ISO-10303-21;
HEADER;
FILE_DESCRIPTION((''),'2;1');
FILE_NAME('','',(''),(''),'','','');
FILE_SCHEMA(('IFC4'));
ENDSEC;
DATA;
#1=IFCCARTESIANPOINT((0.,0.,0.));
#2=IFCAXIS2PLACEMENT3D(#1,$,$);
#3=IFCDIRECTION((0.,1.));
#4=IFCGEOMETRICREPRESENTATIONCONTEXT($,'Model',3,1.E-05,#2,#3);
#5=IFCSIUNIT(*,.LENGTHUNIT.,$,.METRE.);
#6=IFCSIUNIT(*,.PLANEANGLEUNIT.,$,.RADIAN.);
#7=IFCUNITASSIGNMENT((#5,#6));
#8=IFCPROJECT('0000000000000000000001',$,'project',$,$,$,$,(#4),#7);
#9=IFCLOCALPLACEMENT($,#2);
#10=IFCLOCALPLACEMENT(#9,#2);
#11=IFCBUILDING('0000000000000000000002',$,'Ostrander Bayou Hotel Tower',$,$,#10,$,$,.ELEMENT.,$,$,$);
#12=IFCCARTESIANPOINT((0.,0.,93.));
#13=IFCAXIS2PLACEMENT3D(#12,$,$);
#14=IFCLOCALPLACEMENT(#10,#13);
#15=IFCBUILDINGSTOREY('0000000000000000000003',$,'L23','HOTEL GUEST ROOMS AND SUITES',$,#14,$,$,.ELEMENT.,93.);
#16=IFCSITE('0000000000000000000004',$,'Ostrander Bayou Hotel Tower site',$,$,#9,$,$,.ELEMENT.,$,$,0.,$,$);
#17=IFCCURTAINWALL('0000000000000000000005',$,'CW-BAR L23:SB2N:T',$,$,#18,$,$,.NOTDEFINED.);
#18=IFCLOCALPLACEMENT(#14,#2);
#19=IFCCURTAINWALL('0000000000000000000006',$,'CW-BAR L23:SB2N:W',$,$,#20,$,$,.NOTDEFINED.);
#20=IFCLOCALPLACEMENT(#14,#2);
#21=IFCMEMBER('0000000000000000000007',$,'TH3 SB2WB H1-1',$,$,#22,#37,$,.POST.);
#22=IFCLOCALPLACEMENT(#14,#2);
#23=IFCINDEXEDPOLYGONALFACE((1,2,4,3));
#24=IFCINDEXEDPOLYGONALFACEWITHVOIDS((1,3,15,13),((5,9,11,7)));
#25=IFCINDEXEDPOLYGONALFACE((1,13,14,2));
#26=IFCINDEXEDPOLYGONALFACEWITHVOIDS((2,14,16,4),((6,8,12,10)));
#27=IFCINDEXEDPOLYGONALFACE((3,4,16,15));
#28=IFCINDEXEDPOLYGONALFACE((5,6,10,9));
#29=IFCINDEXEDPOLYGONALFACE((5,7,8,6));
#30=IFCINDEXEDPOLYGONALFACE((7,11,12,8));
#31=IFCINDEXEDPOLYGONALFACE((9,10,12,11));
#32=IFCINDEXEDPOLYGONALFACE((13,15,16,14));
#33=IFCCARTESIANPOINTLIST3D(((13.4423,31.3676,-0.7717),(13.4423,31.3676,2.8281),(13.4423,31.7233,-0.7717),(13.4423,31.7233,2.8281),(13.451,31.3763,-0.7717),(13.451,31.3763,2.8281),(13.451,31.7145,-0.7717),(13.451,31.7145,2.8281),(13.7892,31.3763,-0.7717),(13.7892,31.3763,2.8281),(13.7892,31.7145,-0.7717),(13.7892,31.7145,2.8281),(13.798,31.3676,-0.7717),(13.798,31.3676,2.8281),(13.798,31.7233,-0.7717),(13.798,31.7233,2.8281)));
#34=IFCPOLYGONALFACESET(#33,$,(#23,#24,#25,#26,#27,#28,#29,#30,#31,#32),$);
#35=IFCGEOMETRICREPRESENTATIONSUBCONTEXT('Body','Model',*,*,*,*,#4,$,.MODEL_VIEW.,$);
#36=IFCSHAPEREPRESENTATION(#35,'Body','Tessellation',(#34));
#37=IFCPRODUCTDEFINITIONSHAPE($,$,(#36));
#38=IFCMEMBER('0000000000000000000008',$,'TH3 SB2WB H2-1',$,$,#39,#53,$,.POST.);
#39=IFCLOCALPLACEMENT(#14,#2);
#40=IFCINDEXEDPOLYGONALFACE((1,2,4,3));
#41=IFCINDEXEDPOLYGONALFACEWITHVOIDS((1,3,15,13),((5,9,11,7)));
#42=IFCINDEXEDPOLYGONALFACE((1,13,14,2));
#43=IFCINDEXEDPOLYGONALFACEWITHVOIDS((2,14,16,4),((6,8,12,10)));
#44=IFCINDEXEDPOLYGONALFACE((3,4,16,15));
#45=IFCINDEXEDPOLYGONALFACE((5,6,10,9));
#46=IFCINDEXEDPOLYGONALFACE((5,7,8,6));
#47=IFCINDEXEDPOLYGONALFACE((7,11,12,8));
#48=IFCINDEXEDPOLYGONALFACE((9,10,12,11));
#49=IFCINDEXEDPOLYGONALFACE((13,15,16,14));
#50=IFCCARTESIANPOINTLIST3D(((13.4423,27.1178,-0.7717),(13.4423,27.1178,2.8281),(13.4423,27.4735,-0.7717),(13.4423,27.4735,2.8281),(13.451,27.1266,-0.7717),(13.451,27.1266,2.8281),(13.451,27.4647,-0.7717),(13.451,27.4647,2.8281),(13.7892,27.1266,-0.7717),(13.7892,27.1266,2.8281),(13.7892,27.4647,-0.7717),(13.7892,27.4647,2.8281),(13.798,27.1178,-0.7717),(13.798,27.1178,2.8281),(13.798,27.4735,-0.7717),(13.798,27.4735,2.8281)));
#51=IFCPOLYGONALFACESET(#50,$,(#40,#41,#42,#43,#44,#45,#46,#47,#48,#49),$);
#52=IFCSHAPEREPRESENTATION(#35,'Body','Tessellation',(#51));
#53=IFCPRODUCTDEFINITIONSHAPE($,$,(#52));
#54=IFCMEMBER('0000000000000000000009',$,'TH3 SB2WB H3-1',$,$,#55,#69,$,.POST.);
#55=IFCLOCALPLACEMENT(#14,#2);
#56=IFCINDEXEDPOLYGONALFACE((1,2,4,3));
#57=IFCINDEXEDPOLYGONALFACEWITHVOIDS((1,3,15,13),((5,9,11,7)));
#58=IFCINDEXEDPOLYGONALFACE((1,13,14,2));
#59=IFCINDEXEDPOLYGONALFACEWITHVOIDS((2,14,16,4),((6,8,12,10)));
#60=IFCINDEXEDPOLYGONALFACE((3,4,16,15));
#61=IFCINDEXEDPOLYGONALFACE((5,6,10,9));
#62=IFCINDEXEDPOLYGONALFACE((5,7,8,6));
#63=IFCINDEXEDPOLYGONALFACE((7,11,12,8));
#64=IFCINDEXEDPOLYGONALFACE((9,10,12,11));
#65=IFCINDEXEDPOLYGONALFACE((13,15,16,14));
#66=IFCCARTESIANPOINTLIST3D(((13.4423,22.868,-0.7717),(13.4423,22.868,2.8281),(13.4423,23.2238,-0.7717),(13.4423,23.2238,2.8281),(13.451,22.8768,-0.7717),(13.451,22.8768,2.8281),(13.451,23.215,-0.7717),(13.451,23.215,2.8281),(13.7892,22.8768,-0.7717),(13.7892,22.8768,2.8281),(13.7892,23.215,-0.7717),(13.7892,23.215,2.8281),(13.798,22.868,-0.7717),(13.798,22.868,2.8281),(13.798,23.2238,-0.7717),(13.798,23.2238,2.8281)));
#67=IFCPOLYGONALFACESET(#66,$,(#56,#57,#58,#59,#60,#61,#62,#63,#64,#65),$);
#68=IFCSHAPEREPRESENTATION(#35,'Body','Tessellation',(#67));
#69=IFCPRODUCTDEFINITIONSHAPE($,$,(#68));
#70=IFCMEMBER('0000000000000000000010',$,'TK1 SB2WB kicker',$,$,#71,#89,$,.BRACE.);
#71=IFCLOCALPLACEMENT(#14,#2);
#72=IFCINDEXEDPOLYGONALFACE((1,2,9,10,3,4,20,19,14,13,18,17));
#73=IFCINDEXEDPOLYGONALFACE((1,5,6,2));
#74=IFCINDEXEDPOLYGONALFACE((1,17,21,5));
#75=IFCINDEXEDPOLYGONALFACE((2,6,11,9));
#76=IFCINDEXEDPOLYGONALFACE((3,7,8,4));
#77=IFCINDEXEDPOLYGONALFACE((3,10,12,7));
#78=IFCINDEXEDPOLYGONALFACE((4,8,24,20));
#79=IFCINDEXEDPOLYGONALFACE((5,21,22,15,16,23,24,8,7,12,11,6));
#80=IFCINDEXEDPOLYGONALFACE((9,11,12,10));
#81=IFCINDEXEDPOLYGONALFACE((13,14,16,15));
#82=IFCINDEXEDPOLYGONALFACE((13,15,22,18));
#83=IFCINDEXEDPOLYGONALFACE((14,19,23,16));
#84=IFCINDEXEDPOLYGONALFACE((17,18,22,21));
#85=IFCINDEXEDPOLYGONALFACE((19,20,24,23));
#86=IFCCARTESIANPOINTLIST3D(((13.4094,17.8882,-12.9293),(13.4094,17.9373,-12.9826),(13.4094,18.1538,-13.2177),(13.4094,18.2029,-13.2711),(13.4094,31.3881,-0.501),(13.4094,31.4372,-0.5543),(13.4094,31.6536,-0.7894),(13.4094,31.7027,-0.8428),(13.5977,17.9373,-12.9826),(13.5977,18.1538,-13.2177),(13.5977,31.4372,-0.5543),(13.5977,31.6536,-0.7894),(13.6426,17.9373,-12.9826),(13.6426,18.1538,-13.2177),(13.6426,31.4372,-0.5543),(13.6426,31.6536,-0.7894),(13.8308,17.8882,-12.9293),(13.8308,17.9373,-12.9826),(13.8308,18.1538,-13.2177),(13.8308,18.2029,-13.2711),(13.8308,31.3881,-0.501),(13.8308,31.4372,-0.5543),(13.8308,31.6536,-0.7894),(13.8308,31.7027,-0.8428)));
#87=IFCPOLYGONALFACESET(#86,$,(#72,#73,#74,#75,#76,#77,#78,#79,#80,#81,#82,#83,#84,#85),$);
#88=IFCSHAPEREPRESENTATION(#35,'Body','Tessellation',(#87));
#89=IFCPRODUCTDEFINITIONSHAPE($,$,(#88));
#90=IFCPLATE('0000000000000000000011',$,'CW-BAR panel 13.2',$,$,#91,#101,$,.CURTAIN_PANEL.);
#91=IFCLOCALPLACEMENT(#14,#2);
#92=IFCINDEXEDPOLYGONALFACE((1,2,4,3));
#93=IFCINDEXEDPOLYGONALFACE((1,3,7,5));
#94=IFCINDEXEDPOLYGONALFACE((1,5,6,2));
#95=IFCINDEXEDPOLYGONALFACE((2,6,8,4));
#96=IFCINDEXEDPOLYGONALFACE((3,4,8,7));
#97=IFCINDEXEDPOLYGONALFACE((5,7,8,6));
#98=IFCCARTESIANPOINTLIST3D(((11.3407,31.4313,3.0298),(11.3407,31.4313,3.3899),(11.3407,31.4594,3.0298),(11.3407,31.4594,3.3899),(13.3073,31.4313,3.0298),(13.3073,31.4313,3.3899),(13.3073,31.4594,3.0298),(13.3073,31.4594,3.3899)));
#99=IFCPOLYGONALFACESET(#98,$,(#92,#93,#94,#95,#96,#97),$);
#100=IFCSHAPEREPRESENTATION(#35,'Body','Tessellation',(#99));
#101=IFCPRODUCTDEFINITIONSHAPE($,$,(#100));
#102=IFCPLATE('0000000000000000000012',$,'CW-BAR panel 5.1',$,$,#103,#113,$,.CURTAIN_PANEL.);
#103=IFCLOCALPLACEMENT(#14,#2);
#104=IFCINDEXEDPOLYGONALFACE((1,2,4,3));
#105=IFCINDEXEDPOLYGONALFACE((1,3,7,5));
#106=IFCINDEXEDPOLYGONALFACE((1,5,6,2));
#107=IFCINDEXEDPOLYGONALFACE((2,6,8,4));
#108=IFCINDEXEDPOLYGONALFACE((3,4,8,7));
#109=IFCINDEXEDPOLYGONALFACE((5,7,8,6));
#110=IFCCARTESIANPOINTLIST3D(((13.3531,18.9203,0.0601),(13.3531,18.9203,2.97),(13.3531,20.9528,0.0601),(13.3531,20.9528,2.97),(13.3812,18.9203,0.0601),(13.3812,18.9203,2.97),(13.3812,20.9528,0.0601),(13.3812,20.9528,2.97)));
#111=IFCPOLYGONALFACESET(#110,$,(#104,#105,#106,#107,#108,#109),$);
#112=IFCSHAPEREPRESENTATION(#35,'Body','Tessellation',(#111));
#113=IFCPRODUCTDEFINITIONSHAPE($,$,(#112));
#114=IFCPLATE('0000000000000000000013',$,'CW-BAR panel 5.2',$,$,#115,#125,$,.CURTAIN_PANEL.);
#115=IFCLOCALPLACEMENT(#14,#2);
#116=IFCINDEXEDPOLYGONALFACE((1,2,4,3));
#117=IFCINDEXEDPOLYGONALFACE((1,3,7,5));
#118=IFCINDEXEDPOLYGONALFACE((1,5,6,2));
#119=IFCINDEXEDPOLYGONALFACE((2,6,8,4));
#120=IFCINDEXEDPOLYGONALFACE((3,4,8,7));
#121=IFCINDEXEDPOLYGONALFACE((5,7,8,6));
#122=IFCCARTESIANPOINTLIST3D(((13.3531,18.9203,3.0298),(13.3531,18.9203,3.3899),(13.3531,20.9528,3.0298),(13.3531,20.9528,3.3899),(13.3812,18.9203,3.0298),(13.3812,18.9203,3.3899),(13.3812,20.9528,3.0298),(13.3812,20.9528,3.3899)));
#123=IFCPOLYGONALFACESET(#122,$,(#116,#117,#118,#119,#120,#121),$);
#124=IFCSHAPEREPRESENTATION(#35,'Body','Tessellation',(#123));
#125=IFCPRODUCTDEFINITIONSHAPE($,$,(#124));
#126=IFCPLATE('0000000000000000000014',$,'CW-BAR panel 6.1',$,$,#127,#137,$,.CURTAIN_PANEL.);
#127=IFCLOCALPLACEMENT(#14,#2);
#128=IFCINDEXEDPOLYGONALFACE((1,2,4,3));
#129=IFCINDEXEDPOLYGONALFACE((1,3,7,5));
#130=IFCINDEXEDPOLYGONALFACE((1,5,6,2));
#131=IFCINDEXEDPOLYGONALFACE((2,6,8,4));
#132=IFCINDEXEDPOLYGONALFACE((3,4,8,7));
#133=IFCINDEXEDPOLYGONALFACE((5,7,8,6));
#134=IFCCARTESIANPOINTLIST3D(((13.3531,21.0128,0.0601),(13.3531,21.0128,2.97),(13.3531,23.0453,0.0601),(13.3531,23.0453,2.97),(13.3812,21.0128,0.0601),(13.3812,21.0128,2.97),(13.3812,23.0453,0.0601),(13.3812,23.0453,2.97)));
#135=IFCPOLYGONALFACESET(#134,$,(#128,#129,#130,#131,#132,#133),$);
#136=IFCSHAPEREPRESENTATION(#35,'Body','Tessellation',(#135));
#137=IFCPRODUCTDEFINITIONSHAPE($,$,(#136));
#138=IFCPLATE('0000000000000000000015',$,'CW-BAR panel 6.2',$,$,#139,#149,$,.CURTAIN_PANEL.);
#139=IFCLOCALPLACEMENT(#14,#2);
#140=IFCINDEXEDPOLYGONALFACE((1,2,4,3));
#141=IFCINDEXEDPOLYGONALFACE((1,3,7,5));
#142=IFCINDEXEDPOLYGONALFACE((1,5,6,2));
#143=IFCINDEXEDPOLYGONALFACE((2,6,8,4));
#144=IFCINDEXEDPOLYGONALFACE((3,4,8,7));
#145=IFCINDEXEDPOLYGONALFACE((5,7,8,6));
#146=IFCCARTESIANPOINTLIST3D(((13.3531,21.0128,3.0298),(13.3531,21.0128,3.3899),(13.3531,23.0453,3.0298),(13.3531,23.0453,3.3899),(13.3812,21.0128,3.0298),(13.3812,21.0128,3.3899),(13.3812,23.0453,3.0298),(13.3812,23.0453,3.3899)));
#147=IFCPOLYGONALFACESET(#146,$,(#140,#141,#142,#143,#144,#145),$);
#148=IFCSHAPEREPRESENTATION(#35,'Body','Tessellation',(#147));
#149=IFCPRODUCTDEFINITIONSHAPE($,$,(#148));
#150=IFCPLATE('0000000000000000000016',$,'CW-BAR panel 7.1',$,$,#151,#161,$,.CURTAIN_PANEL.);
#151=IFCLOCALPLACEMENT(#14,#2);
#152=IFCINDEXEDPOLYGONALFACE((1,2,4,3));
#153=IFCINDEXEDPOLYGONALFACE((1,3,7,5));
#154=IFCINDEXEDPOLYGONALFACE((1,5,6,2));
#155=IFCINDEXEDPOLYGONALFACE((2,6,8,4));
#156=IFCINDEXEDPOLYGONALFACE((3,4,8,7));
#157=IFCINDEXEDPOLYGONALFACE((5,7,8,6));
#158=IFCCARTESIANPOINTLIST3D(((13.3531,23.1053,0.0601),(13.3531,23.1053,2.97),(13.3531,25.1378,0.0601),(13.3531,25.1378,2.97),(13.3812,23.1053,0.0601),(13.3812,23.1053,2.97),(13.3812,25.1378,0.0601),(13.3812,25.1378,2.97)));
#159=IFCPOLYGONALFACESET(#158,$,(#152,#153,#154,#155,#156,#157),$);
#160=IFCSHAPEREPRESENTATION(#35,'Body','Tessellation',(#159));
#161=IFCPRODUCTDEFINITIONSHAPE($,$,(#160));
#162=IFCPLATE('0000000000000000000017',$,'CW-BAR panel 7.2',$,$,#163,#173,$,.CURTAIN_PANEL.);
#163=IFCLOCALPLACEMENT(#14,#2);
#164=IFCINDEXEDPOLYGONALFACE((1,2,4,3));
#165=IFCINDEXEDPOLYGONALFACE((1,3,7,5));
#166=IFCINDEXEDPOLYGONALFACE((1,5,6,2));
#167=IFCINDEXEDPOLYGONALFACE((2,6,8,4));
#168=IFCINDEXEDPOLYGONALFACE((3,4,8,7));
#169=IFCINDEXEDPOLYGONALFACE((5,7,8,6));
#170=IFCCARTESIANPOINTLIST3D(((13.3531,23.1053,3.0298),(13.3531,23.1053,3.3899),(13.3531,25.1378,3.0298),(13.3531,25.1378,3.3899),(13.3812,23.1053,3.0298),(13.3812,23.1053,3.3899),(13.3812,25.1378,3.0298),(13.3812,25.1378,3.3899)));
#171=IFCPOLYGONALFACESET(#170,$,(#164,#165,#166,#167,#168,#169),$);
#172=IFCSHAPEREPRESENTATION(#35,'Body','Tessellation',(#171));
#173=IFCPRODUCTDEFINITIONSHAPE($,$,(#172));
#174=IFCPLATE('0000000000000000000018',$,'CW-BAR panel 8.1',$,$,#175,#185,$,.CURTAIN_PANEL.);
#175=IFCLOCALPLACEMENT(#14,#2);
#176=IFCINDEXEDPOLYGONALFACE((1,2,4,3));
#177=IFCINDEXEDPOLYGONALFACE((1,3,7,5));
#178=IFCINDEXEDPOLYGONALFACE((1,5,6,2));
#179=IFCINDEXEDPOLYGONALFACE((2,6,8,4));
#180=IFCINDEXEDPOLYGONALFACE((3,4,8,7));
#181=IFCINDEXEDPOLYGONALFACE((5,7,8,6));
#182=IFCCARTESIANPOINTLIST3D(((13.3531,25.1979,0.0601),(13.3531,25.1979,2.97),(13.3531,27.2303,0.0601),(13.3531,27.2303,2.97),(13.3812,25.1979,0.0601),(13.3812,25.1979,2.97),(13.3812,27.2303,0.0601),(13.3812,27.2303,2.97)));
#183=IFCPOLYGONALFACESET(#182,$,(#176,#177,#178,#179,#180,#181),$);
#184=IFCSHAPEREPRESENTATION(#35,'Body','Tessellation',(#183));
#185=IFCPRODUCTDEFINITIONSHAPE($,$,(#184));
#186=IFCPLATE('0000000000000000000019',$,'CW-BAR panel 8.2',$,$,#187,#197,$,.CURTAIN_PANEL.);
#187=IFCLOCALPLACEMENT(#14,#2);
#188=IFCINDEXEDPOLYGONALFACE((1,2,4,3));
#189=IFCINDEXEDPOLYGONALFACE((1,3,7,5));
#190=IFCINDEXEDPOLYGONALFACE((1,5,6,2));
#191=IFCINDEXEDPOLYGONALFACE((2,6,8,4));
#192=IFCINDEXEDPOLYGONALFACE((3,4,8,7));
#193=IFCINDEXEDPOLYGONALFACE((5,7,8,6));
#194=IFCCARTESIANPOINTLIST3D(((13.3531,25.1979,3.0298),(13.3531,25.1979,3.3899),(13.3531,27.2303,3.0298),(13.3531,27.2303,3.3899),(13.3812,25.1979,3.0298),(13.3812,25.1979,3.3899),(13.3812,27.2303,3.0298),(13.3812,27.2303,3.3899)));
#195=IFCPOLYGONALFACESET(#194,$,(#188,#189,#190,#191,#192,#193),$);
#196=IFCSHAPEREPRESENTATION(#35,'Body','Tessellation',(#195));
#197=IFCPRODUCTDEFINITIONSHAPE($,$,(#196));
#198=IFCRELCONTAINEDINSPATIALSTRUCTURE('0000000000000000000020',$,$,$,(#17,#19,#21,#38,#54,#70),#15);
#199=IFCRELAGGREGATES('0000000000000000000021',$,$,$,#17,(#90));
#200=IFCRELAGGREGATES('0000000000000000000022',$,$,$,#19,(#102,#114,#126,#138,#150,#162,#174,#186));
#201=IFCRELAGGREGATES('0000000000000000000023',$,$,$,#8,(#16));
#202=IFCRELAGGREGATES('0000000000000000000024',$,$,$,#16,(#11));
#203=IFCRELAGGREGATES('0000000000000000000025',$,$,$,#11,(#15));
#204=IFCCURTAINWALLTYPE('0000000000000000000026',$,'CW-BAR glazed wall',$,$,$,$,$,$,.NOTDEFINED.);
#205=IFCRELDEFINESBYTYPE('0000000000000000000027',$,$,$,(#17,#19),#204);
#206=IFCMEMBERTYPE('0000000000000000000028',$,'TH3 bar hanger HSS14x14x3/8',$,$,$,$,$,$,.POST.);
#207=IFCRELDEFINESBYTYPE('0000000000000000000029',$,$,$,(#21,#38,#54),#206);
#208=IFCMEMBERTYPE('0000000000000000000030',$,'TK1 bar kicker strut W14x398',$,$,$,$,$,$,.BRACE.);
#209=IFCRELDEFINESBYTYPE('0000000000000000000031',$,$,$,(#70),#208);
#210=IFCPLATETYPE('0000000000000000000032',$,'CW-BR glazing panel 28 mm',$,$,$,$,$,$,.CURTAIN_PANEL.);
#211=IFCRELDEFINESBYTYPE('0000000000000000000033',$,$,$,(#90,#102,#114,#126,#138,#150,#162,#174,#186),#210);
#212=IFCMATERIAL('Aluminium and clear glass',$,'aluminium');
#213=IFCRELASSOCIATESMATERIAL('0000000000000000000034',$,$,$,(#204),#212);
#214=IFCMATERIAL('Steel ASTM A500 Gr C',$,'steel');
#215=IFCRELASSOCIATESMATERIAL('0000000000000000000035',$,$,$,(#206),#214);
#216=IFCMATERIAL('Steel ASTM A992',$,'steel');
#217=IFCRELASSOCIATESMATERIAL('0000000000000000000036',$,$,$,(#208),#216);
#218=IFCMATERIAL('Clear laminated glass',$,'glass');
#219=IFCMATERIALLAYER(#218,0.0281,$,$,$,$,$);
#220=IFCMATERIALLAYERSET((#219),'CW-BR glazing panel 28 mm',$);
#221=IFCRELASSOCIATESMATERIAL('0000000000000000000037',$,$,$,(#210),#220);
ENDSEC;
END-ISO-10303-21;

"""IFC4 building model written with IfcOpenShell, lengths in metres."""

from ifc_helpers import new_model, si_unit, direction, frame, origin, origin_2d, place, context, subcontext, project, spatial, rectangle, hollow_rectangle, i_section, extrude, material, layer, layer_set, material_profile, profile_set, type_object, element, aggregate, save


model = new_model("IFC4")

# Units and contexts
model_context = context("Model", 3, precision=1e-05, world=origin(), true_north=direction((0.0, 1.0)))
body_context = subcontext(model_context, "Body", "Model", "MODEL_VIEW")
ifc_project = project(units=[si_unit("LENGTHUNIT", "METRE"), si_unit("PLANEANGLEUNIT", "RADIAN")], contexts=[model_context])

# Site, building, storey
site_placement = place(None, origin())
site = spatial("IfcSite", under=ifc_project, at=site_placement, Name="Ostrander Bayou Hotel Tower site", CompositionType="ELEMENT", RefElevation=0.0)
building_placement = place(site_placement, origin())
building = spatial("IfcBuilding", under=site, at=building_placement, Name="Ostrander Bayou Hotel Tower", CompositionType="ELEMENT")
storey_placement = place(building_placement, frame((0.0, 0.0, 93.0)))
storey = spatial("IfcBuildingStorey", under=building, at=storey_placement, Name="L23", Description="HOTEL GUEST ROOMS AND SUITES", CompositionType="ELEMENT", Elevation=93.0)

# Curtain wall
ifc_material_1 = material(Name="Aluminium and clear glass", Category="aluminium")
curtain_wall_type = type_object("IfcCurtainWallType", Name="CW-BAR glazed wall", PredefinedType="NOTDEFINED", material=ifc_material_1)
curtain_wall_1_placement = place(storey_placement, origin())
curtain_wall_1 = element("IfcCurtainWall", 1, at=curtain_wall_1_placement, inside=storey, type_object=curtain_wall_type, Name="CW-BAR L23:SB2N:T", PredefinedType="NOTDEFINED")

# Curtain wall
curtain_wall_2_placement = place(storey_placement, origin())
curtain_wall_2 = element("IfcCurtainWall", 2, at=curtain_wall_2_placement, inside=storey, type_object=curtain_wall_type, Name="CW-BAR L23:SB2N:W", PredefinedType="NOTDEFINED")

# Members
ifc_material_2 = material(Name="Steel ASTM A500 Gr C", Category="steel")
ifc_material_profile_1 = material_profile(ifc_material_2, hollow_rectangle(XDim=0.3557, YDim=0.3557, WallThickness=0.0088, at=origin_2d()))
ifc_profile_set_1 = profile_set([ifc_material_profile_1], Name="Steel ASTM A500 Gr C")
member_type_1 = type_object("IfcMemberType", Name="TH3 bar hanger HSS14x14x3/8", PredefinedType="POST", material=ifc_profile_set_1)
for number, where, z_axis, x_axis, name in (
    (3, (13.6201, 31.5454, -0.7717), (0.0, 0.0, 1.0), (1.0, 0.0, 0.0), "TH3 SB2WB H1-1"),
    (4, (13.6201, 27.2957, -0.7717), (0.0, 0.0, 1.0), (1.0, 0.0, 0.0), "TH3 SB2WB H2-1"),
    (5, (13.6201, 23.0459, -0.7717), (0.0, 0.0, 1.0), (1.0, 0.0, 0.0), "TH3 SB2WB H3-1"),
):
    element("IfcMember", number, at=place(storey_placement, frame(where, z_axis=z_axis, x_axis=x_axis)), inside=storey, type_object=member_type_1, Name=name, PredefinedType="POST", context=body_context, shape_type="SweptSolid", body=[
        extrude(hollow_rectangle(XDim=0.3557, YDim=0.3557, WallThickness=0.0088, at=origin_2d()), origin(), (0.0, 0.0, 1.0), 3.5999),
    ])
ifc_material_3 = material(Name="Steel ASTM A992", Category="steel")
ifc_material_profile_2 = material_profile(ifc_material_3, i_section(OverallWidth=0.4214, OverallDepth=0.4646, WebThickness=0.0449, FlangeThickness=0.0725, at=origin_2d()))
ifc_profile_set_2 = profile_set([ifc_material_profile_2], Name="Steel ASTM A992")
member_type_2 = type_object("IfcMemberType", Name="TK1 bar kicker strut W14x398", PredefinedType="BRACE", material=ifc_profile_set_2)
member_1_placement = place(storey_placement, frame((13.6201, 31.5454, -0.6719), z_axis=(0.0, -0.735702, -0.677306), x_axis=(1.0, 0.0, 0.0)))
element("IfcMember", 6, at=member_1_placement, inside=storey, type_object=member_type_2, Name="TK1 SB2WB kicker", PredefinedType="BRACE", context=body_context, shape_type="SweptSolid", body=[
    extrude(i_section(OverallWidth=0.4214, OverallDepth=0.4646, WebThickness=0.0449, FlangeThickness=0.0725, at=origin_2d()), origin(), (0.0, 0.0, 1.0), 18.3496),
])

# Plates
ifc_material_4 = material(Name="Clear laminated glass", Category="glass")
ifc_layer_1 = layer(ifc_material_4, 0.0281)
ifc_layer_set_1 = layer_set([ifc_layer_1], Name="CW-BR glazing panel 28 mm")
plate_type = type_object("IfcPlateType", Name="CW-BR glazing panel 28 mm", PredefinedType="CURTAIN_PANEL", material=ifc_layer_set_1)
plate_1_placement = place(storey_placement, frame((12.324, 31.4453, 3.0298), z_axis=(0.0, 0.0, 1.0), x_axis=(1.0, 0.0, 0.0)))
plate_1 = element("IfcPlate", 7, at=plate_1_placement, type_object=plate_type, Name="CW-BAR panel 13.2", PredefinedType="CURTAIN_PANEL", context=body_context, shape_type="SweptSolid", body=[
    extrude(rectangle(XDim=1.9666, YDim=0.0281, at=origin_2d()), origin(), (0.0, 0.0, 1.0), 0.3601),
])
aggregate(curtain_wall_1, [plate_1])
plate_2_placement = place(storey_placement, frame((13.3672, 19.9365, 0.0601), z_axis=(0.0, 0.0, 1.0), x_axis=(0.0, 1.0, 0.0)))
plate_2 = element("IfcPlate", 8, at=plate_2_placement, type_object=plate_type, Name="CW-BAR panel 5.1", PredefinedType="CURTAIN_PANEL", context=body_context, shape_type="SweptSolid", body=[
    extrude(rectangle(XDim=2.0325, YDim=0.0281, at=origin_2d()), origin(), (0.0, 0.0, 1.0), 2.9099),
])
plate_3_placement = place(storey_placement, frame((13.3672, 19.9365, 3.0298), z_axis=(0.0, 0.0, 1.0), x_axis=(0.0, 1.0, 0.0)))
plate_3 = element("IfcPlate", 9, at=plate_3_placement, type_object=plate_type, Name="CW-BAR panel 5.2", PredefinedType="CURTAIN_PANEL", context=body_context, shape_type="SweptSolid", body=[
    extrude(rectangle(XDim=2.0325, YDim=0.0281, at=origin_2d()), origin(), (0.0, 0.0, 1.0), 0.3601),
])
plate_4_placement = place(storey_placement, frame((13.3672, 22.0291, 0.0601), z_axis=(0.0, 0.0, 1.0), x_axis=(0.0, 1.0, 0.0)))
plate_4 = element("IfcPlate", 10, at=plate_4_placement, type_object=plate_type, Name="CW-BAR panel 6.1", PredefinedType="CURTAIN_PANEL", context=body_context, shape_type="SweptSolid", body=[
    extrude(rectangle(XDim=2.0325, YDim=0.0281, at=origin_2d()), origin(), (0.0, 0.0, 1.0), 2.9099),
])
plate_5_placement = place(storey_placement, frame((13.3672, 22.0291, 3.0298), z_axis=(0.0, 0.0, 1.0), x_axis=(0.0, 1.0, 0.0)))
plate_5 = element("IfcPlate", 11, at=plate_5_placement, type_object=plate_type, Name="CW-BAR panel 6.2", PredefinedType="CURTAIN_PANEL", context=body_context, shape_type="SweptSolid", body=[
    extrude(rectangle(XDim=2.0325, YDim=0.0281, at=origin_2d()), origin(), (0.0, 0.0, 1.0), 0.3601),
])
plate_6_placement = place(storey_placement, frame((13.3672, 24.1216, 0.0601), z_axis=(0.0, 0.0, 1.0), x_axis=(0.0, 1.0, 0.0)))
plate_6 = element("IfcPlate", 12, at=plate_6_placement, type_object=plate_type, Name="CW-BAR panel 7.1", PredefinedType="CURTAIN_PANEL", context=body_context, shape_type="SweptSolid", body=[
    extrude(rectangle(XDim=2.0325, YDim=0.0281, at=origin_2d()), origin(), (0.0, 0.0, 1.0), 2.9099),
])
plate_7_placement = place(storey_placement, frame((13.3672, 24.1216, 3.0298), z_axis=(0.0, 0.0, 1.0), x_axis=(0.0, 1.0, 0.0)))
plate_7 = element("IfcPlate", 13, at=plate_7_placement, type_object=plate_type, Name="CW-BAR panel 7.2", PredefinedType="CURTAIN_PANEL", context=body_context, shape_type="SweptSolid", body=[
    extrude(rectangle(XDim=2.0325, YDim=0.0281, at=origin_2d()), origin(), (0.0, 0.0, 1.0), 0.3601),
])
plate_8_placement = place(storey_placement, frame((13.3672, 26.2141, 0.0601), z_axis=(0.0, 0.0, 1.0), x_axis=(0.0, 1.0, 0.0)))
plate_8 = element("IfcPlate", 14, at=plate_8_placement, type_object=plate_type, Name="CW-BAR panel 8.1", PredefinedType="CURTAIN_PANEL", context=body_context, shape_type="SweptSolid", body=[
    extrude(rectangle(XDim=2.0325, YDim=0.0281, at=origin_2d()), origin(), (0.0, 0.0, 1.0), 2.9099),
])
plate_9_placement = place(storey_placement, frame((13.3672, 26.2141, 3.0298), z_axis=(0.0, 0.0, 1.0), x_axis=(0.0, 1.0, 0.0)))
plate_9 = element("IfcPlate", 15, at=plate_9_placement, type_object=plate_type, Name="CW-BAR panel 8.2", PredefinedType="CURTAIN_PANEL", context=body_context, shape_type="SweptSolid", body=[
    extrude(rectangle(XDim=2.0325, YDim=0.0281, at=origin_2d()), origin(), (0.0, 0.0, 1.0), 0.3601),
])
aggregate(curtain_wall_2, [plate_2, plate_3, plate_4, plate_5, plate_6, plate_7, plate_8, plate_9])

save(model, "model.ifc")
